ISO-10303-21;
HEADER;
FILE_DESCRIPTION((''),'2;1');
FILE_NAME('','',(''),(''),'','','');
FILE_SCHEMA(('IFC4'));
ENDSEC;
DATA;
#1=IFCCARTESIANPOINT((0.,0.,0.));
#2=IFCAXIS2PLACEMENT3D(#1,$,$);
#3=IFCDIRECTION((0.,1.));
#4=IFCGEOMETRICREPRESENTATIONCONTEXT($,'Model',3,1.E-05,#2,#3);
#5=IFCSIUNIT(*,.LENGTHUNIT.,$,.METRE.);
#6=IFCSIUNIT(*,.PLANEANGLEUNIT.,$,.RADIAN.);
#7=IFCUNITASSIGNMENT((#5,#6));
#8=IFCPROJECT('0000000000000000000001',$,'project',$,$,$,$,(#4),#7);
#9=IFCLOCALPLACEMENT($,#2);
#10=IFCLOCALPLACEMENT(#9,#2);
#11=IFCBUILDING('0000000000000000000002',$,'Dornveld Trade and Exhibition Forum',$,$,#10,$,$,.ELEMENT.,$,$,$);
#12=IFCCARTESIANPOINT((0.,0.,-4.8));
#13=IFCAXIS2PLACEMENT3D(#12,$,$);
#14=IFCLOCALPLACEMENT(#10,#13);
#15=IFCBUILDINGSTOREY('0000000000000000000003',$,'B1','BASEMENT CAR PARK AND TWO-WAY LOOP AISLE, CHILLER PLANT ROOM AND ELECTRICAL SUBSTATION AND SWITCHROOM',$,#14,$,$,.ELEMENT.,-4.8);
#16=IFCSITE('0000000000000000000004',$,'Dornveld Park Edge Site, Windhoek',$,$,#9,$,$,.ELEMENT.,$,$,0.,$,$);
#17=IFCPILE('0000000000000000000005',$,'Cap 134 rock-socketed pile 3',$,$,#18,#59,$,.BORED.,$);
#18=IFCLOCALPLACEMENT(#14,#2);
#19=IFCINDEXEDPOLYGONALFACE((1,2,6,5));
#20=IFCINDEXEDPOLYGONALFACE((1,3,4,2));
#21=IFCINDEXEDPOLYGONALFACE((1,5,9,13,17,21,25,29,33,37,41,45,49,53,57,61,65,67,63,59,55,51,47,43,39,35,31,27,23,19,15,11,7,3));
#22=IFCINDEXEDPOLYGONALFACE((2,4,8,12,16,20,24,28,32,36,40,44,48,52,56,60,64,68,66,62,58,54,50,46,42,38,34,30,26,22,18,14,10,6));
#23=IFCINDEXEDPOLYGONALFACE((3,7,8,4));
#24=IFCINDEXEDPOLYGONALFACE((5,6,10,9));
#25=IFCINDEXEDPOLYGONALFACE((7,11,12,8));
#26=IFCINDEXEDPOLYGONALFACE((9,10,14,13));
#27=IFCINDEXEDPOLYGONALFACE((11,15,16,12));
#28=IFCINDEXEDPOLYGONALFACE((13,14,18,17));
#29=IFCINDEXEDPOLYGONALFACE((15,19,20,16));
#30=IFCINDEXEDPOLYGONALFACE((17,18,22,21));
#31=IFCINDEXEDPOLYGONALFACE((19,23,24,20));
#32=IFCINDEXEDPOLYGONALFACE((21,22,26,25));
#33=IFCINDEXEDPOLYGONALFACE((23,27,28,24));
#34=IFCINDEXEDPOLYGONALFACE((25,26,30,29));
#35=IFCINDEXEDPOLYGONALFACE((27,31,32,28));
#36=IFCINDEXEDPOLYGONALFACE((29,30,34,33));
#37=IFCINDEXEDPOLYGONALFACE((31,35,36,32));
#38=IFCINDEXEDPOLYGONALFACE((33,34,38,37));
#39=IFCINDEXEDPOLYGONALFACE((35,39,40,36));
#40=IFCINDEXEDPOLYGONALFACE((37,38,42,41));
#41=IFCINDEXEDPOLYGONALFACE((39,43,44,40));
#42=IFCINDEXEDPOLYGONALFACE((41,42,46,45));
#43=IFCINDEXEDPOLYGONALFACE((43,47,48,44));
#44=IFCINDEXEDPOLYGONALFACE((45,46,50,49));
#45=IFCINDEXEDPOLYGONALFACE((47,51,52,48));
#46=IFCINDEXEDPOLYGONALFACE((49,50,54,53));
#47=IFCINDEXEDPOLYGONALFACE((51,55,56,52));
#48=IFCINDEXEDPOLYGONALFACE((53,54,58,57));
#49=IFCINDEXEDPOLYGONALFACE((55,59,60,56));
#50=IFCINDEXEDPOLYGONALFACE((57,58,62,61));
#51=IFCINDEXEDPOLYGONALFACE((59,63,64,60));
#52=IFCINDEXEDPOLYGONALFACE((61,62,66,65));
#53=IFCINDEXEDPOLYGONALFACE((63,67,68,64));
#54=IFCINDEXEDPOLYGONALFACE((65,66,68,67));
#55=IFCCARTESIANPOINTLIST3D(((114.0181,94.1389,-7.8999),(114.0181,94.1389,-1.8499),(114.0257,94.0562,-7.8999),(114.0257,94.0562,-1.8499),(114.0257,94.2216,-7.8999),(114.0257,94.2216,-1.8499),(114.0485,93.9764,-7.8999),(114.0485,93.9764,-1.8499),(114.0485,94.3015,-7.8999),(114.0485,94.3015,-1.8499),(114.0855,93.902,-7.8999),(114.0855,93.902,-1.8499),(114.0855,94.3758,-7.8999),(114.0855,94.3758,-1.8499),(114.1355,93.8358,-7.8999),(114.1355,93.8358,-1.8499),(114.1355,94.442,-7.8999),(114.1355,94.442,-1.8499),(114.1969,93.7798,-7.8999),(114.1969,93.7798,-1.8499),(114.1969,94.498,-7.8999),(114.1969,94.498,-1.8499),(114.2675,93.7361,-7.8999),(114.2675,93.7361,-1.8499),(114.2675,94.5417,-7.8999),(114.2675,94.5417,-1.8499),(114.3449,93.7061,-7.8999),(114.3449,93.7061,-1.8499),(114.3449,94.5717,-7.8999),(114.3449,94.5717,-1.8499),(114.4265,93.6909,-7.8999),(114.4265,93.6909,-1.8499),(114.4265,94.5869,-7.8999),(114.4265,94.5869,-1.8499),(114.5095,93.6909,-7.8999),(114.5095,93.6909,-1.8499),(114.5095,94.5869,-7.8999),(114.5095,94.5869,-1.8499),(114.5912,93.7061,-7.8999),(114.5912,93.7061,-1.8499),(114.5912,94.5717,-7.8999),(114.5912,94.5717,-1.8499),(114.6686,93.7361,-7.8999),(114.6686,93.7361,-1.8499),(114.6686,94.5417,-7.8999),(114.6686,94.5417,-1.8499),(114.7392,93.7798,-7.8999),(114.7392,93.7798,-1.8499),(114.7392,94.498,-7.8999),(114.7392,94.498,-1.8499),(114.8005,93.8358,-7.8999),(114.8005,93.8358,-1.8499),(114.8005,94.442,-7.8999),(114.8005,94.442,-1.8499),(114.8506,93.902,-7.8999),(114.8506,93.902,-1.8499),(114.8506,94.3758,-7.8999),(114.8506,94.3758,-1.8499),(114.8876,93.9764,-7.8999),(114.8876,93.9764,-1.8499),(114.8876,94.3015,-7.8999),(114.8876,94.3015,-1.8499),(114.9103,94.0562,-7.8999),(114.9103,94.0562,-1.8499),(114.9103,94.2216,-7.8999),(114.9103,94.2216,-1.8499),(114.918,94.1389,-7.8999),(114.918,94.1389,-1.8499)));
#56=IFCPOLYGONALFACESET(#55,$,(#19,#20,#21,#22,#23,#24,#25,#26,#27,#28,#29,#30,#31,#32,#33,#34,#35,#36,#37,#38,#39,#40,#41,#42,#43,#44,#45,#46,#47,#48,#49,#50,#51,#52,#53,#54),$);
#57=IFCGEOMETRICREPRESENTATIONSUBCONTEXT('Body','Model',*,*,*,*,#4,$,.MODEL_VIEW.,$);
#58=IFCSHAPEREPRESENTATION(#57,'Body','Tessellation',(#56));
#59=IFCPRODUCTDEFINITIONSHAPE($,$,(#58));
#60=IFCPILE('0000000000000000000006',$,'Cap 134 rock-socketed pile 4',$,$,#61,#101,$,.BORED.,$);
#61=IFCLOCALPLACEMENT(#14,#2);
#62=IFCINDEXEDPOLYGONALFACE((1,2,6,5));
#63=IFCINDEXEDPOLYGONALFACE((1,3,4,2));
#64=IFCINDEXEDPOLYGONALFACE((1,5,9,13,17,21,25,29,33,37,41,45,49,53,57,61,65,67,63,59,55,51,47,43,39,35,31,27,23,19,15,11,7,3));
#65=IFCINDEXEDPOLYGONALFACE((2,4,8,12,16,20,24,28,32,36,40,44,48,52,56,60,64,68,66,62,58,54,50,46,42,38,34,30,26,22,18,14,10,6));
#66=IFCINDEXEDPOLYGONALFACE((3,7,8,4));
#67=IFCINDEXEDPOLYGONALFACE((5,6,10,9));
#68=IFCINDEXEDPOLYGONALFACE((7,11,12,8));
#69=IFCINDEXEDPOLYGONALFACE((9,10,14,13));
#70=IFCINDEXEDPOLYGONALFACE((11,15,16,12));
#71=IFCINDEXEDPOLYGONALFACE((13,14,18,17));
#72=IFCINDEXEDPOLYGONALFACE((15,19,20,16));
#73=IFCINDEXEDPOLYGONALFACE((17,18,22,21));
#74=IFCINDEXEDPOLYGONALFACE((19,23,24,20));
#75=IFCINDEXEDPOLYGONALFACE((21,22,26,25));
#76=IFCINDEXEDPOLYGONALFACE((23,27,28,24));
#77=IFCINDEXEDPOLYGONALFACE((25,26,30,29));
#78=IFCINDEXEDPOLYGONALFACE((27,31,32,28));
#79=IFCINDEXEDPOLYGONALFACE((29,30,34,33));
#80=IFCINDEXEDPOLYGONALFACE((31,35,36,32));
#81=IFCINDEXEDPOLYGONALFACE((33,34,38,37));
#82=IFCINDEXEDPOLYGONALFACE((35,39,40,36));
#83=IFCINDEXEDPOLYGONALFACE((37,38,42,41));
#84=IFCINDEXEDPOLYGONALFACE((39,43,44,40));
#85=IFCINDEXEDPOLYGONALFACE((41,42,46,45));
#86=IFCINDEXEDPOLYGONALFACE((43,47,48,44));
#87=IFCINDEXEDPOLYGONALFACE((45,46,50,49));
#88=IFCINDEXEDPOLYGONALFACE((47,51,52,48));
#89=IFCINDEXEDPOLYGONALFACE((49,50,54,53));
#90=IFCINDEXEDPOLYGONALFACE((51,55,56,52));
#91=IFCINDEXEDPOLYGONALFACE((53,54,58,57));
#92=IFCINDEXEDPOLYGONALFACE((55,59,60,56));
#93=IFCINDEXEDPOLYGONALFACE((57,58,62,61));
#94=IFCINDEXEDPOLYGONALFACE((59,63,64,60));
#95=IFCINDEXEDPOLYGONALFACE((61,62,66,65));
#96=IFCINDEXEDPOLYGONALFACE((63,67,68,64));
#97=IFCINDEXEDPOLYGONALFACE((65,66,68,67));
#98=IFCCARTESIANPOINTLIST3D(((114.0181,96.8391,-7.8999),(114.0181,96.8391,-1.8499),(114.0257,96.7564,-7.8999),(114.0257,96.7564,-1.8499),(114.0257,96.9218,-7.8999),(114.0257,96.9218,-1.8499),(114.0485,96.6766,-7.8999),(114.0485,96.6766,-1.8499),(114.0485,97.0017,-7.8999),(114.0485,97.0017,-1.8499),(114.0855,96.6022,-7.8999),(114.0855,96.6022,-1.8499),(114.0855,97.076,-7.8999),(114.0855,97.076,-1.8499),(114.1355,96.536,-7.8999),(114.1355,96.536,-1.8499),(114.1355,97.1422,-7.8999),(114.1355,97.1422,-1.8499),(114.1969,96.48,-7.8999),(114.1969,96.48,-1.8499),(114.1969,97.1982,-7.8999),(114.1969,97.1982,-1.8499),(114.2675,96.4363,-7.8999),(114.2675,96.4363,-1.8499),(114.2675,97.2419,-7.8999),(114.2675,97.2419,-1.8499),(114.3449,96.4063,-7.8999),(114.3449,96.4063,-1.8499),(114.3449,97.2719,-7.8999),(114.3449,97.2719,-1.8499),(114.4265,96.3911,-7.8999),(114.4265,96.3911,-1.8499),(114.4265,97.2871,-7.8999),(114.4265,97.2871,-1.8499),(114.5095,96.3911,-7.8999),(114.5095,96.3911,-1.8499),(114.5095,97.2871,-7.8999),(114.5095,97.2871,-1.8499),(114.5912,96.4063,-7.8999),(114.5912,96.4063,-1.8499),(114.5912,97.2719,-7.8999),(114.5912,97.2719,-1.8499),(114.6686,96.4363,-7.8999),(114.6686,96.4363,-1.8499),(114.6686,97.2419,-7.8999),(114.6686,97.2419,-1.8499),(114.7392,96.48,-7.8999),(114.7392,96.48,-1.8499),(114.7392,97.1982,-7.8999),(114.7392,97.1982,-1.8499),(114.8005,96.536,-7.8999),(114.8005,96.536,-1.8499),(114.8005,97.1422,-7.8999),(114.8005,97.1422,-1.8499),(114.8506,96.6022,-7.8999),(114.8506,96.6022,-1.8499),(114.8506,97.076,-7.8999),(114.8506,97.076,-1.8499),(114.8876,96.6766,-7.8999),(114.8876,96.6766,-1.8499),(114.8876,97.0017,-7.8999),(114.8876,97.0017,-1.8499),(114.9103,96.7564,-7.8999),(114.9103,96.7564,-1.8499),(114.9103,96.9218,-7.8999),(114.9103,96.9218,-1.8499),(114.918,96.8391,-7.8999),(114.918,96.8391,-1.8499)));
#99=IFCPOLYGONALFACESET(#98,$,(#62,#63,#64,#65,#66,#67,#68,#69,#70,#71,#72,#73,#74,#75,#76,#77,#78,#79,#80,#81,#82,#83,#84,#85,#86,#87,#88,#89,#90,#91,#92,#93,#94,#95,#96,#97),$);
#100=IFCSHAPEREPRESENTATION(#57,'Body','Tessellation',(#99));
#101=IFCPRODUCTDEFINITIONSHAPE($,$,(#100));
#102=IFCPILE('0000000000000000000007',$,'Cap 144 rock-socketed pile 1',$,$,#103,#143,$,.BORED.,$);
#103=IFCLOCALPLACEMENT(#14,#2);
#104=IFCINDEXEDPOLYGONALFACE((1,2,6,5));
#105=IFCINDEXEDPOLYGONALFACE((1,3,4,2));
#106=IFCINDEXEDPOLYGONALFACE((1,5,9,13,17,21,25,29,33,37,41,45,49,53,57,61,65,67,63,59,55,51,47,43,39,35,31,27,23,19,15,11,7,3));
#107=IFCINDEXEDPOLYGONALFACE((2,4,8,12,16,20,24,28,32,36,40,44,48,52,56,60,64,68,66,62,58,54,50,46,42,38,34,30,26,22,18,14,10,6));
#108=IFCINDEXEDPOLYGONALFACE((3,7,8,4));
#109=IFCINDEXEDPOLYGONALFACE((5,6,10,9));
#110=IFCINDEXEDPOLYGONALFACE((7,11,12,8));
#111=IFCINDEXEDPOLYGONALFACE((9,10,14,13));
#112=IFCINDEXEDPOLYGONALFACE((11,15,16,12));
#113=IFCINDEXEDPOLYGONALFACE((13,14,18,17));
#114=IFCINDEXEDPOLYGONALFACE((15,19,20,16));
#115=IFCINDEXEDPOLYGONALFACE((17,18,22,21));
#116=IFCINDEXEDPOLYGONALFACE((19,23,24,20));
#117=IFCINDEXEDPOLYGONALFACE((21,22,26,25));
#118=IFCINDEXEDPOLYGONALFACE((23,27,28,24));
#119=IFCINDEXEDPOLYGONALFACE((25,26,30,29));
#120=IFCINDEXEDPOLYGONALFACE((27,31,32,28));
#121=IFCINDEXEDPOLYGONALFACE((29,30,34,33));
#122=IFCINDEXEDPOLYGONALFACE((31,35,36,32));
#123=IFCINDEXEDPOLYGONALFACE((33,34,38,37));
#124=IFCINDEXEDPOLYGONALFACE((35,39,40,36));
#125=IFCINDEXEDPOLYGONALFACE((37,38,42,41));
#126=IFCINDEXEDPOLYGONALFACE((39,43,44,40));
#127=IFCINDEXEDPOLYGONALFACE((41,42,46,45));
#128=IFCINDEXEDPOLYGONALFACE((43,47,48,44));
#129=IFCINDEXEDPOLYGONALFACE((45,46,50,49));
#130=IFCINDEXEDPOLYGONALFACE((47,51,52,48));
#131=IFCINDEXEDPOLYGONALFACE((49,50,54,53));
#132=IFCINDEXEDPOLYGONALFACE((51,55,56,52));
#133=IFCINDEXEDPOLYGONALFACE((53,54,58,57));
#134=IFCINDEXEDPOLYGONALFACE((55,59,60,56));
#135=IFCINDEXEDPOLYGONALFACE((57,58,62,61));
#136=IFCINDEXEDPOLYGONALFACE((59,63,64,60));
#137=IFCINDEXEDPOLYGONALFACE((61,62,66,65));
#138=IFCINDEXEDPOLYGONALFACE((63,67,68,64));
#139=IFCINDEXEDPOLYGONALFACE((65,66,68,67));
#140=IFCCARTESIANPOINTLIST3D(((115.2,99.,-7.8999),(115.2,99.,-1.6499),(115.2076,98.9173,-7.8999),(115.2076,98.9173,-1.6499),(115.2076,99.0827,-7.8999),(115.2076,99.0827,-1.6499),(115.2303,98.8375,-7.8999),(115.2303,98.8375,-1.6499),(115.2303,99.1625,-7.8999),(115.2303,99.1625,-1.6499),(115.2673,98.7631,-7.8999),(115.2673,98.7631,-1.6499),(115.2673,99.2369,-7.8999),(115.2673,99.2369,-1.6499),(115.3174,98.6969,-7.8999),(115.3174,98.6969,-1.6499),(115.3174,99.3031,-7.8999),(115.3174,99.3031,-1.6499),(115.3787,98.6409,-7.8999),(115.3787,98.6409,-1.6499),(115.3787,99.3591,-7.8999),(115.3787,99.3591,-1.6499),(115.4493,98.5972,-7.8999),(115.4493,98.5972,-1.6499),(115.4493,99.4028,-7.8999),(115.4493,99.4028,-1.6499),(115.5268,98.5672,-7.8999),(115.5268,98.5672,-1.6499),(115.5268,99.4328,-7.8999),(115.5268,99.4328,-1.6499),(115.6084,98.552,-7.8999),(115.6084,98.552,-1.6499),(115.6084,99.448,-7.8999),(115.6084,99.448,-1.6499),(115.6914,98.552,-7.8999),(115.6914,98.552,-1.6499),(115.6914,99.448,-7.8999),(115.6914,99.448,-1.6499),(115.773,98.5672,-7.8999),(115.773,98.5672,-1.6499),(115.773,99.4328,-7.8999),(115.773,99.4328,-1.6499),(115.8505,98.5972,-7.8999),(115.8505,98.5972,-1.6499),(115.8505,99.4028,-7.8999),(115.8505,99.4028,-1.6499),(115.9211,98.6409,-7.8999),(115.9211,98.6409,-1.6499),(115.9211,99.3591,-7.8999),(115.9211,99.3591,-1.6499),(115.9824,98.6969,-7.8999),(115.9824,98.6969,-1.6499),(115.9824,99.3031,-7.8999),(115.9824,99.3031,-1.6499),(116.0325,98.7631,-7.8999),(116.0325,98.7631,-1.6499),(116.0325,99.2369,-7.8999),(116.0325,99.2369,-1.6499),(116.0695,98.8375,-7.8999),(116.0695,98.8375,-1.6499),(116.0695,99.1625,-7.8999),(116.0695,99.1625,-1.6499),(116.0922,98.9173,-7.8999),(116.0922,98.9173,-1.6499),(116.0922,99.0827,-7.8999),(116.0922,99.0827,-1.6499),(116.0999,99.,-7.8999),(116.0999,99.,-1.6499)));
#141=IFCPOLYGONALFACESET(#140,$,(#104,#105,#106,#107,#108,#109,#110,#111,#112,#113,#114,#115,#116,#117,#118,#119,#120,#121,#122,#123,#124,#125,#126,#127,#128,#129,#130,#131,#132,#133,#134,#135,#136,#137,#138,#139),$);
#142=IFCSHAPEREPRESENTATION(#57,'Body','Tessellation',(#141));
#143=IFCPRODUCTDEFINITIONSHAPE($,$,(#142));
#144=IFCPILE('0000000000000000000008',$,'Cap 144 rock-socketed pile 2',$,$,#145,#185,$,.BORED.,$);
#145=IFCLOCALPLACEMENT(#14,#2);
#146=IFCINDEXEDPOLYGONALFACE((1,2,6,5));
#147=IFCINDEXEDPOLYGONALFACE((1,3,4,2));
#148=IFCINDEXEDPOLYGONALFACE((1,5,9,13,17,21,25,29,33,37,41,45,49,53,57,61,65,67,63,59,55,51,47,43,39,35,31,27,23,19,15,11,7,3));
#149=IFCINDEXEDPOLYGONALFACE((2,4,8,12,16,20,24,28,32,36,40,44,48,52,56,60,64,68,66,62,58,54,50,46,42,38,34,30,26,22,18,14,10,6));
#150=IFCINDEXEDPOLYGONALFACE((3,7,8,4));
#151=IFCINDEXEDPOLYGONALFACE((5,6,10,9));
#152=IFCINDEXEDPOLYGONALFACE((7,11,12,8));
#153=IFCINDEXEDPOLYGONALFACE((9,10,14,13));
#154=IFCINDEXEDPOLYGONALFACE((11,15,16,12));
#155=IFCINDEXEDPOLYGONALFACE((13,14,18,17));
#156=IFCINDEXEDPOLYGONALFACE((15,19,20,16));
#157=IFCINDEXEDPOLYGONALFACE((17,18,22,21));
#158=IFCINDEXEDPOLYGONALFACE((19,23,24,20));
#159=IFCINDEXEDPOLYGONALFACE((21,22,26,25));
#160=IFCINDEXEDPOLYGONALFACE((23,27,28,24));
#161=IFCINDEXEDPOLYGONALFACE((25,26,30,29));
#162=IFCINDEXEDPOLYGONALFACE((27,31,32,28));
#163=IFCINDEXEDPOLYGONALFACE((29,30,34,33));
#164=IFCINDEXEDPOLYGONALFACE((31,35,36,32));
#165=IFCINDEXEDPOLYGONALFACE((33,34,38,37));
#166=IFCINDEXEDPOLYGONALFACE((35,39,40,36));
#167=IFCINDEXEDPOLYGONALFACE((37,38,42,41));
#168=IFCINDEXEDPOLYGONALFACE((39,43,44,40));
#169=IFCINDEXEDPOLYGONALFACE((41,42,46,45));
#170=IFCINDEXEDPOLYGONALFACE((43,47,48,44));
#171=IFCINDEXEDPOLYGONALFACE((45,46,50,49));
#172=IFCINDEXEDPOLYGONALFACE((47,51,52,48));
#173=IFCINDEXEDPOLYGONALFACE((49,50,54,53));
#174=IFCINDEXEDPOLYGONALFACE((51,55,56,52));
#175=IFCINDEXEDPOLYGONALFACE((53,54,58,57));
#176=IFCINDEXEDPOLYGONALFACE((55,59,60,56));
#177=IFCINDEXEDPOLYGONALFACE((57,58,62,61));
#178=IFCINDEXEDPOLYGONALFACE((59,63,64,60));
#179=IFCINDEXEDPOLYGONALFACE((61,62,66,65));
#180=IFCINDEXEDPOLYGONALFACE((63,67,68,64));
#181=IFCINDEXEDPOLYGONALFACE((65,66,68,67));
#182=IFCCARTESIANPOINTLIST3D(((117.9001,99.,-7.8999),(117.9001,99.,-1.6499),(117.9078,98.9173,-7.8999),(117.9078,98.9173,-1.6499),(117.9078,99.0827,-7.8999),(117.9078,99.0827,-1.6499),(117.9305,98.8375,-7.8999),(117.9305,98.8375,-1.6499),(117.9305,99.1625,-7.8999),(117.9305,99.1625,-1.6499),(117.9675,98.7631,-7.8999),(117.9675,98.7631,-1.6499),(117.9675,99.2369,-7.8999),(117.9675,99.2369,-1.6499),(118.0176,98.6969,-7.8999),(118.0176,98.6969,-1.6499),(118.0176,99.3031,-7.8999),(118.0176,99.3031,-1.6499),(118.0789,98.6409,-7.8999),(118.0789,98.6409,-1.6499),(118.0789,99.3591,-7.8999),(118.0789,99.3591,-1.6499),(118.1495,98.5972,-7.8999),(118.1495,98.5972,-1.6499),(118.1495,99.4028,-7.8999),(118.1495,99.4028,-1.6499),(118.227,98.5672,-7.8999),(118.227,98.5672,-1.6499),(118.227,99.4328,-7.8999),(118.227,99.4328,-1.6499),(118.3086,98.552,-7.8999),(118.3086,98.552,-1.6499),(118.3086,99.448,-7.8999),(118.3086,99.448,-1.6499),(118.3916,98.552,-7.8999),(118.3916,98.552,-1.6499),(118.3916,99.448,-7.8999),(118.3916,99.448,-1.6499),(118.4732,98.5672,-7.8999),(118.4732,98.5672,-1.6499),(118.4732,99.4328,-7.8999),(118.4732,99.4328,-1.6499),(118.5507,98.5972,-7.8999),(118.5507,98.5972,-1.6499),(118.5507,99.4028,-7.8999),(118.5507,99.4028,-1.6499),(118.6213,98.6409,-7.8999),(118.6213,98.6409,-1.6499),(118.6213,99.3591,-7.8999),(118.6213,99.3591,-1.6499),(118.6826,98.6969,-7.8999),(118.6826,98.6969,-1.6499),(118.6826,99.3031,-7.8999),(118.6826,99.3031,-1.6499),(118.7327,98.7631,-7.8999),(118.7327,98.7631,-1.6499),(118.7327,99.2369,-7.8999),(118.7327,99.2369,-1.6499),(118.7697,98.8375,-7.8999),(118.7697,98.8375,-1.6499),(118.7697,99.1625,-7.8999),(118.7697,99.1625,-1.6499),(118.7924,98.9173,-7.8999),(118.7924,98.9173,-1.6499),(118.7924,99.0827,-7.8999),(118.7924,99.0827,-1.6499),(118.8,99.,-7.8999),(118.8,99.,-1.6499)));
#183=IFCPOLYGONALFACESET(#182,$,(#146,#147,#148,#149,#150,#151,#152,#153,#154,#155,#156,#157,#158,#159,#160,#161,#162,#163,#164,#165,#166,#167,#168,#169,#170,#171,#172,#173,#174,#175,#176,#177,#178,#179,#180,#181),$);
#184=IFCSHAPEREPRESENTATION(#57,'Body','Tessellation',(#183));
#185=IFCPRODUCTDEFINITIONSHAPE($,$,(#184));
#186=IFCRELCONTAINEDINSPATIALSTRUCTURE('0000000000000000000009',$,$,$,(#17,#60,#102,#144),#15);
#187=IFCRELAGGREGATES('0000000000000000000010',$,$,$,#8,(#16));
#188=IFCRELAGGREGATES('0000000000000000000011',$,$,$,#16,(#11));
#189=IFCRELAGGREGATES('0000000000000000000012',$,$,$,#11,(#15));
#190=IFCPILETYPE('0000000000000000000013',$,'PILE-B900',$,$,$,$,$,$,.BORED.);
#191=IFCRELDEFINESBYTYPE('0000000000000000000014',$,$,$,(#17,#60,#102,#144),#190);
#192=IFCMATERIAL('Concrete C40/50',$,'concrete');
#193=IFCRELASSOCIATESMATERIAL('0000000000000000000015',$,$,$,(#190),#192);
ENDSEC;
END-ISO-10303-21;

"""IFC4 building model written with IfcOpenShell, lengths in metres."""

from ifc_helpers import new_model, si_unit, direction, frame, origin, origin_2d, place, context, subcontext, project, spatial, circle, extrude, material, material_profile, profile_set, type_object, element, save


model = new_model("IFC4")

# Units and contexts
model_context = context("Model", 3, precision=1e-05, world=origin(), true_north=direction((0.0, 1.0)))
body_context = subcontext(model_context, "Body", "Model", "MODEL_VIEW")
ifc_project = project(units=[si_unit("LENGTHUNIT", "METRE"), si_unit("PLANEANGLEUNIT", "RADIAN")], contexts=[model_context])

# Site, building, storey
site_placement = place(None, origin())
site = spatial("IfcSite", under=ifc_project, at=site_placement, Name="Dornveld Park Edge Site, Windhoek", CompositionType="ELEMENT", RefElevation=0.0)
building_placement = place(site_placement, origin())
building = spatial("IfcBuilding", under=site, at=building_placement, Name="Dornveld Trade and Exhibition Forum", CompositionType="ELEMENT")
storey_placement = place(building_placement, frame((0.0, 0.0, -4.8)))
storey = spatial("IfcBuildingStorey", under=building, at=storey_placement, Name="B1", Description="BASEMENT CAR PARK AND TWO-WAY LOOP AISLE, CHILLER PLANT ROOM AND ELECTRICAL SUBSTATION AND SWITCHROOM", CompositionType="ELEMENT", Elevation=-4.8)

# Piles
ifc_material_1 = material(Name="Concrete C40/50", Category="concrete")
ifc_material_profile_1 = material_profile(ifc_material_1, circle(Radius=0.45, at=origin_2d()), Name="PILE D900")
ifc_profile_set_1 = profile_set([ifc_material_profile_1], Name="Concrete C40/50")
pile_type_1 = type_object("IfcPileType", Name="PILE-B900", PredefinedType="BORED", material=ifc_profile_set_1)
for number, where, z_axis, x_axis, name in (
    (1, (114.468, 94.1389, -1.8499), (0.0, 0.0, -1.0), (1.0, 0.0, 0.0), "Cap 134 rock-socketed pile 3"),
    (2, (114.468, 96.8391, -1.8499), (0.0, 0.0, -1.0), (1.0, 0.0, 0.0), "Cap 134 rock-socketed pile 4"),
):
    element("IfcPile", number, at=place(storey_placement, frame(where, z_axis=z_axis, x_axis=x_axis)), inside=storey, type_object=pile_type_1, Name=name, PredefinedType="BORED", context=body_context, shape_type="SweptSolid", body=[
        extrude(circle(Radius=0.45, at=origin_2d()), origin(), (0.0, 0.0, 1.0), 6.05),
    ])
for number, where, z_axis, x_axis, name in (
    (3, (115.6499, 99.0, -1.6499), (0.0, 0.0, -1.0), (1.0, 0.0, 0.0), "Cap 144 rock-socketed pile 1"),
    (4, (118.3501, 99.0, -1.6499), (0.0, 0.0, -1.0), (1.0, 0.0, 0.0), "Cap 144 rock-socketed pile 2"),
):
    element("IfcPile", number, at=place(storey_placement, frame(where, z_axis=z_axis, x_axis=x_axis)), inside=storey, type_object=pile_type_1, Name=name, PredefinedType="BORED", context=body_context, shape_type="SweptSolid", body=[
        extrude(circle(Radius=0.45, at=origin_2d()), origin(), (0.0, 0.0, 1.0), 6.25),
    ])

save(model, "model.ifc")
